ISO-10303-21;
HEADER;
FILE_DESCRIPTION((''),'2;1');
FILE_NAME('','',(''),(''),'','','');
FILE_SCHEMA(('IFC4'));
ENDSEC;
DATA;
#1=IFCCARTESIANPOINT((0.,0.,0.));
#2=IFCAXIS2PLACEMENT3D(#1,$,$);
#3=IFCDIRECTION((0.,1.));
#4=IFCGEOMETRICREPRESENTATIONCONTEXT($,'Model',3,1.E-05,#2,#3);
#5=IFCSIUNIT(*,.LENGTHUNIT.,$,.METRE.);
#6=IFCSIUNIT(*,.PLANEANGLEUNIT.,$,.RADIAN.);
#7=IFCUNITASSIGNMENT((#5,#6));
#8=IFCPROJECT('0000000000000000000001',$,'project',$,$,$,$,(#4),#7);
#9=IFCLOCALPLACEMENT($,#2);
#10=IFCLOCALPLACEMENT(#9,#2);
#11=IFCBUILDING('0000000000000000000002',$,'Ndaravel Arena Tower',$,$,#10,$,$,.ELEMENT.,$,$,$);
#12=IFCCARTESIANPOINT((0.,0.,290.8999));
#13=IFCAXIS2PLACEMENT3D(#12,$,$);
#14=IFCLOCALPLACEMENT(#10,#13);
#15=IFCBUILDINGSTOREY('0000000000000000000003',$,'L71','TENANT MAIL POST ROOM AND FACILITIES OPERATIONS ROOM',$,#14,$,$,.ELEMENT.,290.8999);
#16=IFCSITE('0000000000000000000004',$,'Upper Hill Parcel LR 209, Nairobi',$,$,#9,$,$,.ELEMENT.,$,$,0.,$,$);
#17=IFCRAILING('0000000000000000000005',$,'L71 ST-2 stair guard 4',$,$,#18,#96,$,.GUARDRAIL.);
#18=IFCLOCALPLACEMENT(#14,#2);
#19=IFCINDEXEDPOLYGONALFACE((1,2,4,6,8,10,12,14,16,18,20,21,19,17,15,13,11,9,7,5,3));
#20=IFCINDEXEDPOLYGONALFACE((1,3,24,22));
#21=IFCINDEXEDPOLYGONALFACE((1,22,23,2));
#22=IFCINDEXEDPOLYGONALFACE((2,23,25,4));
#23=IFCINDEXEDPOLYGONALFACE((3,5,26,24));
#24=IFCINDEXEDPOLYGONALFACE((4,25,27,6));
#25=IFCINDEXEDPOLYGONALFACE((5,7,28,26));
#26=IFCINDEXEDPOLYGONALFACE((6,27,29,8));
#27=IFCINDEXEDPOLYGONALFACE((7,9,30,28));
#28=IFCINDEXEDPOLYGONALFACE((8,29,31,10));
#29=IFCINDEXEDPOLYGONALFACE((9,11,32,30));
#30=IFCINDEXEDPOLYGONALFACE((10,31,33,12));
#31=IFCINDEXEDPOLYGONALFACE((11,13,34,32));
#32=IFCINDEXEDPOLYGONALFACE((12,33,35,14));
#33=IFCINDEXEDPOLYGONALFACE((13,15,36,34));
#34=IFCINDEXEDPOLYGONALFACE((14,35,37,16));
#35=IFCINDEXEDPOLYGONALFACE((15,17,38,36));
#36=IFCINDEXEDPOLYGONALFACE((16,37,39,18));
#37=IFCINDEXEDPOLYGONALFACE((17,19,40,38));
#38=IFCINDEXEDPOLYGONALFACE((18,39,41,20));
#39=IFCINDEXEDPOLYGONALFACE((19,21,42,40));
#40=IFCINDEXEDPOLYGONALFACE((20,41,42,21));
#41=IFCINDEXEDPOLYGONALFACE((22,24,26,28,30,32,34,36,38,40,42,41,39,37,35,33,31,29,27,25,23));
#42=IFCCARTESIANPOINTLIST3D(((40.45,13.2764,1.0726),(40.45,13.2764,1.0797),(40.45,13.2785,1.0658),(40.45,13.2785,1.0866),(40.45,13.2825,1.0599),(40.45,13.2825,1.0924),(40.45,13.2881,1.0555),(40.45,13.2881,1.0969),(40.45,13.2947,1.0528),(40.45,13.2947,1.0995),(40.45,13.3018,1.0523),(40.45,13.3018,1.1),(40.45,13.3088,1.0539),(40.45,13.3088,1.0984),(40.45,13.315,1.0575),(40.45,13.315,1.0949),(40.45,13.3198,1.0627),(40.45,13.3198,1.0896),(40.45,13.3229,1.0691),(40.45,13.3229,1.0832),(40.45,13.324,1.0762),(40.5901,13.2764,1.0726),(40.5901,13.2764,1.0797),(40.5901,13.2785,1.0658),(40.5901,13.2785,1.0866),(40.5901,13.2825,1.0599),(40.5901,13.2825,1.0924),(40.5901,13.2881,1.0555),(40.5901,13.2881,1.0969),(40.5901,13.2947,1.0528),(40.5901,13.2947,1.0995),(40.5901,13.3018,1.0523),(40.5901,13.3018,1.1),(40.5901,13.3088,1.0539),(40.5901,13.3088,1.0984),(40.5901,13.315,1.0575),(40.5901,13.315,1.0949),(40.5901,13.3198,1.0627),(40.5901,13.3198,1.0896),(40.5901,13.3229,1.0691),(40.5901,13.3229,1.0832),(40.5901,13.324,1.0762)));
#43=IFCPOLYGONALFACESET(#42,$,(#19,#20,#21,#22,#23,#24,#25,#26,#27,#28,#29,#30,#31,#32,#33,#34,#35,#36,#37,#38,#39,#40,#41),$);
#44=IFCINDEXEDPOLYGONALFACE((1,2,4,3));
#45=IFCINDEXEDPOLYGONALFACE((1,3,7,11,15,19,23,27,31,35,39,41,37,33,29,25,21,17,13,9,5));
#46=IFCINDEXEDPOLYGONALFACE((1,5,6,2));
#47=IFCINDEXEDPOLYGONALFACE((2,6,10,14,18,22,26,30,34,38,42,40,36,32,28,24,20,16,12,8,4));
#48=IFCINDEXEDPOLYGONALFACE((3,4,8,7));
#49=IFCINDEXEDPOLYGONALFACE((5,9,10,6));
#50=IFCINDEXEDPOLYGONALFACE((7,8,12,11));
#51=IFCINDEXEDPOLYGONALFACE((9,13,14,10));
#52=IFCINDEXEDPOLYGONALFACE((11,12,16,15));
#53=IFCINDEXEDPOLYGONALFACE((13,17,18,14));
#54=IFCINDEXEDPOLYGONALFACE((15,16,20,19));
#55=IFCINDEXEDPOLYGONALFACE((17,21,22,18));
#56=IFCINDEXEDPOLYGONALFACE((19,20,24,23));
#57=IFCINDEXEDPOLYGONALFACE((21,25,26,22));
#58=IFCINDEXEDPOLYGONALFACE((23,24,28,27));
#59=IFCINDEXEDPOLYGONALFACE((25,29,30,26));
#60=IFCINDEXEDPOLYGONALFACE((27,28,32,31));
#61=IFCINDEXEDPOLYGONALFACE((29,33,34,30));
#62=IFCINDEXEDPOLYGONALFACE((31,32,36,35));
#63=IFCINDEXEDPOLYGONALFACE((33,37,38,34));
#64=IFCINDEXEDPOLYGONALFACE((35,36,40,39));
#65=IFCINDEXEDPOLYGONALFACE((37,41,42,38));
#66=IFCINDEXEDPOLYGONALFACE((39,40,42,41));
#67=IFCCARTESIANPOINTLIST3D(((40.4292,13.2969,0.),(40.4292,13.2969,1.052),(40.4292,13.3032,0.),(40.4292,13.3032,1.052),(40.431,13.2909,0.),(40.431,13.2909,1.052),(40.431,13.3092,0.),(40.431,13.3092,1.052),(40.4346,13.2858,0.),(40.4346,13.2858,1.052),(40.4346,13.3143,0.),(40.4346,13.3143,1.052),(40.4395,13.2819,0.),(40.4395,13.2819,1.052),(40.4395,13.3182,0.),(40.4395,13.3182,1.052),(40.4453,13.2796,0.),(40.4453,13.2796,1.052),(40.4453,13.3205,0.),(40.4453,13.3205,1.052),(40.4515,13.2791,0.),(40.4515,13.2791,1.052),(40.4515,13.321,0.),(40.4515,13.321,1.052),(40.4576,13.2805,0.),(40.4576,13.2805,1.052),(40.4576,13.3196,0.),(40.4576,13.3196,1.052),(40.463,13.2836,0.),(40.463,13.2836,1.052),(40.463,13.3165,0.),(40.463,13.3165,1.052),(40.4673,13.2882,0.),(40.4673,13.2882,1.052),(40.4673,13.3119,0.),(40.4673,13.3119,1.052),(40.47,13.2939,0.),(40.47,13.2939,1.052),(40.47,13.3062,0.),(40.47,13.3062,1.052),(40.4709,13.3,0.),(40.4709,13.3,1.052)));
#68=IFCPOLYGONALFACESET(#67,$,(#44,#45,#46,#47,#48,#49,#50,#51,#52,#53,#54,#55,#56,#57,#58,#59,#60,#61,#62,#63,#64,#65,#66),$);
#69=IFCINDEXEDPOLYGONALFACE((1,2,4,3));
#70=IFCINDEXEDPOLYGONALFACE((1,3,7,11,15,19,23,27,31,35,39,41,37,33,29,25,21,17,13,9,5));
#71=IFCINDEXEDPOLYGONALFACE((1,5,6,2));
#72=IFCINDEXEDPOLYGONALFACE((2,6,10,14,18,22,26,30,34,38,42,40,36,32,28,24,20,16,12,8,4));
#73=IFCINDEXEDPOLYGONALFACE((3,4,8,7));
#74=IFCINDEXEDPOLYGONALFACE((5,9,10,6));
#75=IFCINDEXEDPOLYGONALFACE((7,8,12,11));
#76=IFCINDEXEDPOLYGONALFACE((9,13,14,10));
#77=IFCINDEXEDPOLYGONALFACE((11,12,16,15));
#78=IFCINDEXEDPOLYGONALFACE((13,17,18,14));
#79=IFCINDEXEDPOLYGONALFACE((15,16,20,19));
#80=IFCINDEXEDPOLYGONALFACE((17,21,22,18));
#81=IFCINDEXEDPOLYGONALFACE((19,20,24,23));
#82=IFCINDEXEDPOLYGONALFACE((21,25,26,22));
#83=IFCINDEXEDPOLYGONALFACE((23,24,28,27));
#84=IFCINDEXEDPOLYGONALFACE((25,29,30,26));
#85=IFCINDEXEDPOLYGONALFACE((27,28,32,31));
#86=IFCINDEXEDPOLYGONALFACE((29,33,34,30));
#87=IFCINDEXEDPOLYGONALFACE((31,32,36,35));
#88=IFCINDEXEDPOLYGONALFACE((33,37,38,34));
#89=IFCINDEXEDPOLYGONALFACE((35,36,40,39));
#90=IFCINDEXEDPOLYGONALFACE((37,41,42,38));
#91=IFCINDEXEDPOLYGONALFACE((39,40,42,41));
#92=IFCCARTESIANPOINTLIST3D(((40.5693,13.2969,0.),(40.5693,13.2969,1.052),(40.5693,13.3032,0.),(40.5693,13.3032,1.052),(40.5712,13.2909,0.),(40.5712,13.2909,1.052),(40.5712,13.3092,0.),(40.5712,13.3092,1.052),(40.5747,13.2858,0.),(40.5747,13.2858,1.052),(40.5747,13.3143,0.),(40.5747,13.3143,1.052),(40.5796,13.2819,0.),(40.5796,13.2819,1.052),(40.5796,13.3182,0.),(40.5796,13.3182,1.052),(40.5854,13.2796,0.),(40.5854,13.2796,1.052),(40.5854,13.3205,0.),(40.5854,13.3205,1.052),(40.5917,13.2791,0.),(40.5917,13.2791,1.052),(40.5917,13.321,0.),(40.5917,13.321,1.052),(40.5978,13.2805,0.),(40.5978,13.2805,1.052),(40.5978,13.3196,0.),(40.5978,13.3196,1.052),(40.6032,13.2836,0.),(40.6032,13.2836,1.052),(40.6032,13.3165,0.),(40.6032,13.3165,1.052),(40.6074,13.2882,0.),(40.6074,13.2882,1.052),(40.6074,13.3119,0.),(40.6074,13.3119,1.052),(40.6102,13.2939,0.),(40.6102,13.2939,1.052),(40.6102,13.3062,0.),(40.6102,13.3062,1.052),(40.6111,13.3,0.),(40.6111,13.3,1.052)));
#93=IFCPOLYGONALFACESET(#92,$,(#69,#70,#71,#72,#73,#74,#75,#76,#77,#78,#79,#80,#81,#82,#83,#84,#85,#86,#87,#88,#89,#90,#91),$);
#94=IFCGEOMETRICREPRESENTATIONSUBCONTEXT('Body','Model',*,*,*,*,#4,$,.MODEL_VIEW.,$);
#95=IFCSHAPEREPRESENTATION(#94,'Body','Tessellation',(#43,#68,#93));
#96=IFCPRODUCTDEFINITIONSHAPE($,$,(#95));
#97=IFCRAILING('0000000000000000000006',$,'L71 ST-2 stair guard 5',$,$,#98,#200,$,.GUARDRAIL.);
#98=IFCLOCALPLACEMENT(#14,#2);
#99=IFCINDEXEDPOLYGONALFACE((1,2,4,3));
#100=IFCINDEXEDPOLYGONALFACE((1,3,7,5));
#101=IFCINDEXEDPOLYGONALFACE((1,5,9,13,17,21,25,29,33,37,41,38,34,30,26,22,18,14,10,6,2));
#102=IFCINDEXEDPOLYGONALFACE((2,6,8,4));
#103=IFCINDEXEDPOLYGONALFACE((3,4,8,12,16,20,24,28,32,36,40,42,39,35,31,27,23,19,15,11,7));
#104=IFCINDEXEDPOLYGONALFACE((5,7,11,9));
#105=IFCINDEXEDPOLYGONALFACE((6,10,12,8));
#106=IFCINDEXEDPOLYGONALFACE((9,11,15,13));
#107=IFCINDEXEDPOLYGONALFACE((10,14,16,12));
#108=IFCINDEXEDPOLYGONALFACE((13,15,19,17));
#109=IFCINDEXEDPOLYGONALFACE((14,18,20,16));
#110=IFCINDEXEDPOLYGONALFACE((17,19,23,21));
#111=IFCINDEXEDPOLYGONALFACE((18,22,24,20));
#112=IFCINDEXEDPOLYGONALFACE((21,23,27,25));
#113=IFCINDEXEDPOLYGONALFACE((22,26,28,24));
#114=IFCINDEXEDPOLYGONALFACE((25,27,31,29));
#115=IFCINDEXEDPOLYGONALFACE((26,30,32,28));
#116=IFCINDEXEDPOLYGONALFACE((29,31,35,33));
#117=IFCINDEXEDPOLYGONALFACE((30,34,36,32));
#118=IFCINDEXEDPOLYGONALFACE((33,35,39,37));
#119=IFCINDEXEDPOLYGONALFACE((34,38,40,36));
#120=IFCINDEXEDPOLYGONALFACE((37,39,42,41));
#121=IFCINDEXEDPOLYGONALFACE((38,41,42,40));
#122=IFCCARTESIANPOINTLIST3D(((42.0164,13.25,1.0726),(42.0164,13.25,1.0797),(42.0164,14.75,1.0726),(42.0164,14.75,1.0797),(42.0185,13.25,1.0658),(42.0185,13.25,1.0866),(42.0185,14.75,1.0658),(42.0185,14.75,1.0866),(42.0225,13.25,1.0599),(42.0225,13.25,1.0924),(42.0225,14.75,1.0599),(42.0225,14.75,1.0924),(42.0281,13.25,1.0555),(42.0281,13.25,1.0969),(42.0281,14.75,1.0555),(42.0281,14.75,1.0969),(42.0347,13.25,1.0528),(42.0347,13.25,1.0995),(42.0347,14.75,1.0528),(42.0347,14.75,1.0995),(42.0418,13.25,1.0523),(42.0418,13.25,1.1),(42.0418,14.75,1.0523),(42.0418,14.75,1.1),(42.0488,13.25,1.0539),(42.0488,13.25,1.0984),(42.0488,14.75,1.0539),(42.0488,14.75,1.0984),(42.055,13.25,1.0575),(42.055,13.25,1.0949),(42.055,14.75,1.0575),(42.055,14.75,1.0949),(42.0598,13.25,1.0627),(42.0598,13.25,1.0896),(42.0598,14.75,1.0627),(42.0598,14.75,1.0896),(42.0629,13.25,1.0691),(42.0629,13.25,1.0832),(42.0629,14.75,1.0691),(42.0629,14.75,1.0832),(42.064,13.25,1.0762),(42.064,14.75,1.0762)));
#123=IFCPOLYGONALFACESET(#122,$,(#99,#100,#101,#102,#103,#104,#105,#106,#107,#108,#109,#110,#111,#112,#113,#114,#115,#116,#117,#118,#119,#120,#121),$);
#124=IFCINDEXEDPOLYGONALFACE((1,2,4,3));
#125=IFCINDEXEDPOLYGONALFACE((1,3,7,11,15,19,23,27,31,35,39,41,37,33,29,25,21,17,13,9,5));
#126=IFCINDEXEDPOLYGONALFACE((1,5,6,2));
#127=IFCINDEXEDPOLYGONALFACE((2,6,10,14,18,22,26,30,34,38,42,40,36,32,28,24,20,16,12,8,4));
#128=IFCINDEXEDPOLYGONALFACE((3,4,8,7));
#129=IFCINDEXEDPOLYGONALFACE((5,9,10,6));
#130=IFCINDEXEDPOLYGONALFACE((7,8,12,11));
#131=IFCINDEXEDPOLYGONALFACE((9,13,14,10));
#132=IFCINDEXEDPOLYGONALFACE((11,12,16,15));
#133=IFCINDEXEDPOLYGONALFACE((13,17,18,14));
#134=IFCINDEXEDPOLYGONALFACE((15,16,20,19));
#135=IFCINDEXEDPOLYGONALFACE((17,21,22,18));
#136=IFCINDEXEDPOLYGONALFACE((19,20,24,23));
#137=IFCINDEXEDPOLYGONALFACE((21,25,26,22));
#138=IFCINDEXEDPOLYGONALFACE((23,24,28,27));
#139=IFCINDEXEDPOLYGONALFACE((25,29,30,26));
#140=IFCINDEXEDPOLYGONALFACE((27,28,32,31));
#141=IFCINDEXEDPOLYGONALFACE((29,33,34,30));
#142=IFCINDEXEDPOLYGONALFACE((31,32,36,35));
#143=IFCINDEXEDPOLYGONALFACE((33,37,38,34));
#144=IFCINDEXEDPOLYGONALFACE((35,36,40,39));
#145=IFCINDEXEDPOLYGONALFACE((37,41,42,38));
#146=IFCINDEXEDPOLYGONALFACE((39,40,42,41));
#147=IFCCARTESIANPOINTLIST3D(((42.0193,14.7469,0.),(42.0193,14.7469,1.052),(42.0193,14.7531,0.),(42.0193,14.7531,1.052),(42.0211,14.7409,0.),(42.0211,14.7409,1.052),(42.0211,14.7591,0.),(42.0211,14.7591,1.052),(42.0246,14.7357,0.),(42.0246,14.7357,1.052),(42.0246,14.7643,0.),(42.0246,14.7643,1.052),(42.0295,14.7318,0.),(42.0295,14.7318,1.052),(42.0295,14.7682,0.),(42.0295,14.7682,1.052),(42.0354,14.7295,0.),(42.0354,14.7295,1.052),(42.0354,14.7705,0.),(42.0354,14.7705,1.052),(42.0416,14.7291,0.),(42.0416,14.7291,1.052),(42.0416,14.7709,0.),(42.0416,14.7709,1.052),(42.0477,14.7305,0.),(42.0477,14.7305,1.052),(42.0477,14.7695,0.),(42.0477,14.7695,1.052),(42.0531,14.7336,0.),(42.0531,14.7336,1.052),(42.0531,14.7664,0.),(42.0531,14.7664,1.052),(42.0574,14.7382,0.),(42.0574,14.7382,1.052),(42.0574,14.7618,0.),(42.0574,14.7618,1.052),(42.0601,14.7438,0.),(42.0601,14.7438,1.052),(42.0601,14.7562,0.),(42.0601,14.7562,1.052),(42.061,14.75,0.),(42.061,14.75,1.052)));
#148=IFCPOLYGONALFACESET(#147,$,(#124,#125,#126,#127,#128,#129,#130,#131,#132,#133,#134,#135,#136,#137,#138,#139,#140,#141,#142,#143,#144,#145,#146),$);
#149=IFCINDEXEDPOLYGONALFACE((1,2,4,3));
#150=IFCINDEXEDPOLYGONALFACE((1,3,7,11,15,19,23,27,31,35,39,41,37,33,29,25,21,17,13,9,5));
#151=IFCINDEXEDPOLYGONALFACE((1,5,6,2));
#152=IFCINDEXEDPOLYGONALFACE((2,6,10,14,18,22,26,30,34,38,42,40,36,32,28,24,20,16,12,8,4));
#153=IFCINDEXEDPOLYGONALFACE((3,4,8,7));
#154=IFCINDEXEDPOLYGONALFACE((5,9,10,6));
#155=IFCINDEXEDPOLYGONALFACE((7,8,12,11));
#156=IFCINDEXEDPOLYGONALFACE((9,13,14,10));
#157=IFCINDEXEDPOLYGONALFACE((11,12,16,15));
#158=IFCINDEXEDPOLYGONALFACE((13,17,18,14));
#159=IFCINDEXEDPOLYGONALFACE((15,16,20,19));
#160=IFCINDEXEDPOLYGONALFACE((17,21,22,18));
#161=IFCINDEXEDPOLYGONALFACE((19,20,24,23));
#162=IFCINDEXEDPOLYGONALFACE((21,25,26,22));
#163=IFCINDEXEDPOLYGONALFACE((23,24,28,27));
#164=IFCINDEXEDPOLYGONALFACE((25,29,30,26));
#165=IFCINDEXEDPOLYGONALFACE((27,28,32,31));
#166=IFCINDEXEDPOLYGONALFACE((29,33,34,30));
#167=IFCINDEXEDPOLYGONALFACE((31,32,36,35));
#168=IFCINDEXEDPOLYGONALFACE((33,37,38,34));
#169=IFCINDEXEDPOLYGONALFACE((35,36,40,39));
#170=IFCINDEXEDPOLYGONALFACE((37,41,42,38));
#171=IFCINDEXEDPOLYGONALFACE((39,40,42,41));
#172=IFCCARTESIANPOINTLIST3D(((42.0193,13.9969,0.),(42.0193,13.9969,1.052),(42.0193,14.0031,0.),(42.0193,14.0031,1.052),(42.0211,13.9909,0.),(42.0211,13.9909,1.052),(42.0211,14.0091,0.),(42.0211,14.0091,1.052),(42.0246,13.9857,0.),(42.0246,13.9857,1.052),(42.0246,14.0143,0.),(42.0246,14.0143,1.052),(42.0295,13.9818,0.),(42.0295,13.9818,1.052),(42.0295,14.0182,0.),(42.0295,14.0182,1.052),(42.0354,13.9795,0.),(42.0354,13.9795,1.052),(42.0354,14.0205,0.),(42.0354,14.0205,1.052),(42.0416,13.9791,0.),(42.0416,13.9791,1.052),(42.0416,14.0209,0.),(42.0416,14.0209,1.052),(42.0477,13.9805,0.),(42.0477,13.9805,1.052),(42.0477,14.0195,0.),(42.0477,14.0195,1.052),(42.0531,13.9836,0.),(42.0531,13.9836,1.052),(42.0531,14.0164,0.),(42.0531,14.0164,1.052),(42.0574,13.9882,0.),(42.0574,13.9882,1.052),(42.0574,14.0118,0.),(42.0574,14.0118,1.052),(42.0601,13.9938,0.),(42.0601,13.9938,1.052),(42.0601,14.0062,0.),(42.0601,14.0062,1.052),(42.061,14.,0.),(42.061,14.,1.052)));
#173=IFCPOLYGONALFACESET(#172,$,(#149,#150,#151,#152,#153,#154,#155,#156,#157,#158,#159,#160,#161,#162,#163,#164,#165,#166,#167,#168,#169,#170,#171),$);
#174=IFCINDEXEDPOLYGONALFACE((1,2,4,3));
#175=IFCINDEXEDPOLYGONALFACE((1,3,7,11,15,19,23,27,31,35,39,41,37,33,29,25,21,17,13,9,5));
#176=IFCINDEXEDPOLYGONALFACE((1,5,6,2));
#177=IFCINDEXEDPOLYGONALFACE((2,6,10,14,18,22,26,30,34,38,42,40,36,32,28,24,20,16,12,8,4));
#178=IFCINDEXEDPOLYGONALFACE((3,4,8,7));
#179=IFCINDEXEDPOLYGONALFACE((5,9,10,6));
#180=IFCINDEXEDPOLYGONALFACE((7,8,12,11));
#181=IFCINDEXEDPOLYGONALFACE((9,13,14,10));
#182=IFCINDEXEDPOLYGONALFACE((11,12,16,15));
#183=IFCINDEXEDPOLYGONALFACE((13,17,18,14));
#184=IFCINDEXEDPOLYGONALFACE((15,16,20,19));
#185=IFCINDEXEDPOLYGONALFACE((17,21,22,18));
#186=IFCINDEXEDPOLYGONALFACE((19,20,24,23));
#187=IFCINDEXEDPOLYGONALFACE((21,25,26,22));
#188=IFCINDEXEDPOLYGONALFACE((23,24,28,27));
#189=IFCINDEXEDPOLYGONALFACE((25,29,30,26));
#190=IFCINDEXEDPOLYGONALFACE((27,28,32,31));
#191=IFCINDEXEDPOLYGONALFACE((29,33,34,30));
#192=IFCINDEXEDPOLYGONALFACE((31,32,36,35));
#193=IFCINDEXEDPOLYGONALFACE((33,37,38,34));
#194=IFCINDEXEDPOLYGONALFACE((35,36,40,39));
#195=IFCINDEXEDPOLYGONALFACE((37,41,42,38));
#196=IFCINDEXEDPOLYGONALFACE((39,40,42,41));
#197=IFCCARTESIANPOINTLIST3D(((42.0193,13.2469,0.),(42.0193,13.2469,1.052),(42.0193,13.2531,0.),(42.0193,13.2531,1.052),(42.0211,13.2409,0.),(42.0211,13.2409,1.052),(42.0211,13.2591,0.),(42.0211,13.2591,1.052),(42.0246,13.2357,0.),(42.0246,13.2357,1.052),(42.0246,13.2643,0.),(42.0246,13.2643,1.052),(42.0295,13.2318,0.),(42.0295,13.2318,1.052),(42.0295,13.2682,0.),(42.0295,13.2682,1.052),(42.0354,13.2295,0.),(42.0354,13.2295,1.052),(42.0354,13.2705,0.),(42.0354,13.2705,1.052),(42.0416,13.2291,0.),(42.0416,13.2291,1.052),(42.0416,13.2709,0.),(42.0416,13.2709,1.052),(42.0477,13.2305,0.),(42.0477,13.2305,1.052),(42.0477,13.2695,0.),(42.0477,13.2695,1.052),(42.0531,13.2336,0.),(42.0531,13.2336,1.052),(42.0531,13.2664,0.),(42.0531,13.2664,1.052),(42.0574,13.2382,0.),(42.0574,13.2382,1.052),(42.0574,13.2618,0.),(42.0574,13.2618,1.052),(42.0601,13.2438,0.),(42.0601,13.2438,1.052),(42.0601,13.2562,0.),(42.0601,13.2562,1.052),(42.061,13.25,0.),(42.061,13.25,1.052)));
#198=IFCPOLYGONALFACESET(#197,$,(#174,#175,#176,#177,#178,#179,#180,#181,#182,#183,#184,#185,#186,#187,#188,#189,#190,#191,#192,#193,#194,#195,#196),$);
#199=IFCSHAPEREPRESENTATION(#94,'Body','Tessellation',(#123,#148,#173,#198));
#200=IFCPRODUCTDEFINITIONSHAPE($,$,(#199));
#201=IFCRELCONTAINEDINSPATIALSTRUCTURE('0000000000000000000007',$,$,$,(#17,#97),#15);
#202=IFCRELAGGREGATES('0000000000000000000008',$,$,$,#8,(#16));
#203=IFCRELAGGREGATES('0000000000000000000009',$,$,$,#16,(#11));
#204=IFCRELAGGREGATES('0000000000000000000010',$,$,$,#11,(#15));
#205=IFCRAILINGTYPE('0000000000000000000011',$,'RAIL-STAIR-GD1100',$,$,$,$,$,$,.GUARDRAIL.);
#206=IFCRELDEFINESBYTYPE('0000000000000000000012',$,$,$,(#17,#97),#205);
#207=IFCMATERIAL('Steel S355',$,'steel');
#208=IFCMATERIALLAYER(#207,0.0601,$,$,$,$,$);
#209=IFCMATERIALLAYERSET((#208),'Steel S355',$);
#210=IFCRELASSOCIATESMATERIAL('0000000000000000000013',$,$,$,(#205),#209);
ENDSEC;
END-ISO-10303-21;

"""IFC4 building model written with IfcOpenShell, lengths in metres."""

from ifc_helpers import new_model, si_unit, direction, frame, origin, origin_2d, place, context, subcontext, project, spatial, circle, extrude, material, layer, layer_set, type_object, element, save


model = new_model("IFC4")

# Units and contexts
model_context = context("Model", 3, precision=1e-05, world=origin(), true_north=direction((0.0, 1.0)))
body_context = subcontext(model_context, "Body", "Model", "MODEL_VIEW")
ifc_project = project(units=[si_unit("LENGTHUNIT", "METRE"), si_unit("PLANEANGLEUNIT", "RADIAN")], contexts=[model_context])

# Site, building, storey
site_placement = place(None, origin())
site = spatial("IfcSite", under=ifc_project, at=site_placement, Name="Upper Hill Parcel LR 209, Nairobi", CompositionType="ELEMENT", RefElevation=0.0)
building_placement = place(site_placement, origin())
building = spatial("IfcBuilding", under=site, at=building_placement, Name="Ndaravel Arena Tower", CompositionType="ELEMENT")
storey_placement = place(building_placement, frame((0.0, 0.0, 290.8999)))
storey = spatial("IfcBuildingStorey", under=building, at=storey_placement, Name="L71", Description="TENANT MAIL POST ROOM AND FACILITIES OPERATIONS ROOM", CompositionType="ELEMENT", Elevation=290.8999)

# Railings
ifc_material_1 = material(Name="Steel S355", Category="steel")
ifc_layer_1 = layer(ifc_material_1, 0.0601)
ifc_layer_set_1 = layer_set([ifc_layer_1], Name="Steel S355")
railing_type = type_object("IfcRailingType", Name="RAIL-STAIR-GD1100", PredefinedType="GUARDRAIL", material=ifc_layer_set_1)
railing_1_placement = place(storey_placement, frame((40.45, 13.3, 0.0)))
element("IfcRailing", 1, at=railing_1_placement, inside=storey, type_object=railing_type, Name="L71 ST-2 stair guard 4", PredefinedType="GUARDRAIL", context=body_context, shape_type="SweptSolid", body=[
    extrude(circle(Radius=0.0239, at=origin_2d()), frame((0.0, 0.0, 1.0762), z_axis=(1.0, 0.0, 0.0), x_axis=(0.0, 1.0, 0.0)), (0.0, 0.0, 1.0), 0.1401),
    extrude(circle(Radius=0.021, at=origin_2d()), origin(), (0.0, 0.0, 1.0), 1.052),
    extrude(circle(Radius=0.021, at=origin_2d()), frame((0.1401, 0.0, 0.0)), (0.0, 0.0, 1.0), 1.052),
])
railing_2_placement = place(storey_placement, frame((42.04, 14.75, 0.0)))
element("IfcRailing", 2, at=railing_2_placement, inside=storey, type_object=railing_type, Name="L71 ST-2 stair guard 5", PredefinedType="GUARDRAIL", context=body_context, shape_type="SweptSolid", body=[
    extrude(circle(Radius=0.0239, at=origin_2d()), frame((0.0, 0.0, 1.0762), z_axis=(0.0, -1.0, 0.0), x_axis=(1.0, 0.0, 0.0)), (0.0, 0.0, 1.0), 1.5),
    extrude(circle(Radius=0.021, at=origin_2d()), origin(), (0.0, 0.0, 1.0), 1.052),
    extrude(circle(Radius=0.021, at=origin_2d()), frame((0.0, -0.75, 0.0)), (0.0, 0.0, 1.0), 1.052),
    extrude(circle(Radius=0.021, at=origin_2d()), frame((0.0, -1.5, 0.0)), (0.0, 0.0, 1.0), 1.052),
])

save(model, "model.ifc")
